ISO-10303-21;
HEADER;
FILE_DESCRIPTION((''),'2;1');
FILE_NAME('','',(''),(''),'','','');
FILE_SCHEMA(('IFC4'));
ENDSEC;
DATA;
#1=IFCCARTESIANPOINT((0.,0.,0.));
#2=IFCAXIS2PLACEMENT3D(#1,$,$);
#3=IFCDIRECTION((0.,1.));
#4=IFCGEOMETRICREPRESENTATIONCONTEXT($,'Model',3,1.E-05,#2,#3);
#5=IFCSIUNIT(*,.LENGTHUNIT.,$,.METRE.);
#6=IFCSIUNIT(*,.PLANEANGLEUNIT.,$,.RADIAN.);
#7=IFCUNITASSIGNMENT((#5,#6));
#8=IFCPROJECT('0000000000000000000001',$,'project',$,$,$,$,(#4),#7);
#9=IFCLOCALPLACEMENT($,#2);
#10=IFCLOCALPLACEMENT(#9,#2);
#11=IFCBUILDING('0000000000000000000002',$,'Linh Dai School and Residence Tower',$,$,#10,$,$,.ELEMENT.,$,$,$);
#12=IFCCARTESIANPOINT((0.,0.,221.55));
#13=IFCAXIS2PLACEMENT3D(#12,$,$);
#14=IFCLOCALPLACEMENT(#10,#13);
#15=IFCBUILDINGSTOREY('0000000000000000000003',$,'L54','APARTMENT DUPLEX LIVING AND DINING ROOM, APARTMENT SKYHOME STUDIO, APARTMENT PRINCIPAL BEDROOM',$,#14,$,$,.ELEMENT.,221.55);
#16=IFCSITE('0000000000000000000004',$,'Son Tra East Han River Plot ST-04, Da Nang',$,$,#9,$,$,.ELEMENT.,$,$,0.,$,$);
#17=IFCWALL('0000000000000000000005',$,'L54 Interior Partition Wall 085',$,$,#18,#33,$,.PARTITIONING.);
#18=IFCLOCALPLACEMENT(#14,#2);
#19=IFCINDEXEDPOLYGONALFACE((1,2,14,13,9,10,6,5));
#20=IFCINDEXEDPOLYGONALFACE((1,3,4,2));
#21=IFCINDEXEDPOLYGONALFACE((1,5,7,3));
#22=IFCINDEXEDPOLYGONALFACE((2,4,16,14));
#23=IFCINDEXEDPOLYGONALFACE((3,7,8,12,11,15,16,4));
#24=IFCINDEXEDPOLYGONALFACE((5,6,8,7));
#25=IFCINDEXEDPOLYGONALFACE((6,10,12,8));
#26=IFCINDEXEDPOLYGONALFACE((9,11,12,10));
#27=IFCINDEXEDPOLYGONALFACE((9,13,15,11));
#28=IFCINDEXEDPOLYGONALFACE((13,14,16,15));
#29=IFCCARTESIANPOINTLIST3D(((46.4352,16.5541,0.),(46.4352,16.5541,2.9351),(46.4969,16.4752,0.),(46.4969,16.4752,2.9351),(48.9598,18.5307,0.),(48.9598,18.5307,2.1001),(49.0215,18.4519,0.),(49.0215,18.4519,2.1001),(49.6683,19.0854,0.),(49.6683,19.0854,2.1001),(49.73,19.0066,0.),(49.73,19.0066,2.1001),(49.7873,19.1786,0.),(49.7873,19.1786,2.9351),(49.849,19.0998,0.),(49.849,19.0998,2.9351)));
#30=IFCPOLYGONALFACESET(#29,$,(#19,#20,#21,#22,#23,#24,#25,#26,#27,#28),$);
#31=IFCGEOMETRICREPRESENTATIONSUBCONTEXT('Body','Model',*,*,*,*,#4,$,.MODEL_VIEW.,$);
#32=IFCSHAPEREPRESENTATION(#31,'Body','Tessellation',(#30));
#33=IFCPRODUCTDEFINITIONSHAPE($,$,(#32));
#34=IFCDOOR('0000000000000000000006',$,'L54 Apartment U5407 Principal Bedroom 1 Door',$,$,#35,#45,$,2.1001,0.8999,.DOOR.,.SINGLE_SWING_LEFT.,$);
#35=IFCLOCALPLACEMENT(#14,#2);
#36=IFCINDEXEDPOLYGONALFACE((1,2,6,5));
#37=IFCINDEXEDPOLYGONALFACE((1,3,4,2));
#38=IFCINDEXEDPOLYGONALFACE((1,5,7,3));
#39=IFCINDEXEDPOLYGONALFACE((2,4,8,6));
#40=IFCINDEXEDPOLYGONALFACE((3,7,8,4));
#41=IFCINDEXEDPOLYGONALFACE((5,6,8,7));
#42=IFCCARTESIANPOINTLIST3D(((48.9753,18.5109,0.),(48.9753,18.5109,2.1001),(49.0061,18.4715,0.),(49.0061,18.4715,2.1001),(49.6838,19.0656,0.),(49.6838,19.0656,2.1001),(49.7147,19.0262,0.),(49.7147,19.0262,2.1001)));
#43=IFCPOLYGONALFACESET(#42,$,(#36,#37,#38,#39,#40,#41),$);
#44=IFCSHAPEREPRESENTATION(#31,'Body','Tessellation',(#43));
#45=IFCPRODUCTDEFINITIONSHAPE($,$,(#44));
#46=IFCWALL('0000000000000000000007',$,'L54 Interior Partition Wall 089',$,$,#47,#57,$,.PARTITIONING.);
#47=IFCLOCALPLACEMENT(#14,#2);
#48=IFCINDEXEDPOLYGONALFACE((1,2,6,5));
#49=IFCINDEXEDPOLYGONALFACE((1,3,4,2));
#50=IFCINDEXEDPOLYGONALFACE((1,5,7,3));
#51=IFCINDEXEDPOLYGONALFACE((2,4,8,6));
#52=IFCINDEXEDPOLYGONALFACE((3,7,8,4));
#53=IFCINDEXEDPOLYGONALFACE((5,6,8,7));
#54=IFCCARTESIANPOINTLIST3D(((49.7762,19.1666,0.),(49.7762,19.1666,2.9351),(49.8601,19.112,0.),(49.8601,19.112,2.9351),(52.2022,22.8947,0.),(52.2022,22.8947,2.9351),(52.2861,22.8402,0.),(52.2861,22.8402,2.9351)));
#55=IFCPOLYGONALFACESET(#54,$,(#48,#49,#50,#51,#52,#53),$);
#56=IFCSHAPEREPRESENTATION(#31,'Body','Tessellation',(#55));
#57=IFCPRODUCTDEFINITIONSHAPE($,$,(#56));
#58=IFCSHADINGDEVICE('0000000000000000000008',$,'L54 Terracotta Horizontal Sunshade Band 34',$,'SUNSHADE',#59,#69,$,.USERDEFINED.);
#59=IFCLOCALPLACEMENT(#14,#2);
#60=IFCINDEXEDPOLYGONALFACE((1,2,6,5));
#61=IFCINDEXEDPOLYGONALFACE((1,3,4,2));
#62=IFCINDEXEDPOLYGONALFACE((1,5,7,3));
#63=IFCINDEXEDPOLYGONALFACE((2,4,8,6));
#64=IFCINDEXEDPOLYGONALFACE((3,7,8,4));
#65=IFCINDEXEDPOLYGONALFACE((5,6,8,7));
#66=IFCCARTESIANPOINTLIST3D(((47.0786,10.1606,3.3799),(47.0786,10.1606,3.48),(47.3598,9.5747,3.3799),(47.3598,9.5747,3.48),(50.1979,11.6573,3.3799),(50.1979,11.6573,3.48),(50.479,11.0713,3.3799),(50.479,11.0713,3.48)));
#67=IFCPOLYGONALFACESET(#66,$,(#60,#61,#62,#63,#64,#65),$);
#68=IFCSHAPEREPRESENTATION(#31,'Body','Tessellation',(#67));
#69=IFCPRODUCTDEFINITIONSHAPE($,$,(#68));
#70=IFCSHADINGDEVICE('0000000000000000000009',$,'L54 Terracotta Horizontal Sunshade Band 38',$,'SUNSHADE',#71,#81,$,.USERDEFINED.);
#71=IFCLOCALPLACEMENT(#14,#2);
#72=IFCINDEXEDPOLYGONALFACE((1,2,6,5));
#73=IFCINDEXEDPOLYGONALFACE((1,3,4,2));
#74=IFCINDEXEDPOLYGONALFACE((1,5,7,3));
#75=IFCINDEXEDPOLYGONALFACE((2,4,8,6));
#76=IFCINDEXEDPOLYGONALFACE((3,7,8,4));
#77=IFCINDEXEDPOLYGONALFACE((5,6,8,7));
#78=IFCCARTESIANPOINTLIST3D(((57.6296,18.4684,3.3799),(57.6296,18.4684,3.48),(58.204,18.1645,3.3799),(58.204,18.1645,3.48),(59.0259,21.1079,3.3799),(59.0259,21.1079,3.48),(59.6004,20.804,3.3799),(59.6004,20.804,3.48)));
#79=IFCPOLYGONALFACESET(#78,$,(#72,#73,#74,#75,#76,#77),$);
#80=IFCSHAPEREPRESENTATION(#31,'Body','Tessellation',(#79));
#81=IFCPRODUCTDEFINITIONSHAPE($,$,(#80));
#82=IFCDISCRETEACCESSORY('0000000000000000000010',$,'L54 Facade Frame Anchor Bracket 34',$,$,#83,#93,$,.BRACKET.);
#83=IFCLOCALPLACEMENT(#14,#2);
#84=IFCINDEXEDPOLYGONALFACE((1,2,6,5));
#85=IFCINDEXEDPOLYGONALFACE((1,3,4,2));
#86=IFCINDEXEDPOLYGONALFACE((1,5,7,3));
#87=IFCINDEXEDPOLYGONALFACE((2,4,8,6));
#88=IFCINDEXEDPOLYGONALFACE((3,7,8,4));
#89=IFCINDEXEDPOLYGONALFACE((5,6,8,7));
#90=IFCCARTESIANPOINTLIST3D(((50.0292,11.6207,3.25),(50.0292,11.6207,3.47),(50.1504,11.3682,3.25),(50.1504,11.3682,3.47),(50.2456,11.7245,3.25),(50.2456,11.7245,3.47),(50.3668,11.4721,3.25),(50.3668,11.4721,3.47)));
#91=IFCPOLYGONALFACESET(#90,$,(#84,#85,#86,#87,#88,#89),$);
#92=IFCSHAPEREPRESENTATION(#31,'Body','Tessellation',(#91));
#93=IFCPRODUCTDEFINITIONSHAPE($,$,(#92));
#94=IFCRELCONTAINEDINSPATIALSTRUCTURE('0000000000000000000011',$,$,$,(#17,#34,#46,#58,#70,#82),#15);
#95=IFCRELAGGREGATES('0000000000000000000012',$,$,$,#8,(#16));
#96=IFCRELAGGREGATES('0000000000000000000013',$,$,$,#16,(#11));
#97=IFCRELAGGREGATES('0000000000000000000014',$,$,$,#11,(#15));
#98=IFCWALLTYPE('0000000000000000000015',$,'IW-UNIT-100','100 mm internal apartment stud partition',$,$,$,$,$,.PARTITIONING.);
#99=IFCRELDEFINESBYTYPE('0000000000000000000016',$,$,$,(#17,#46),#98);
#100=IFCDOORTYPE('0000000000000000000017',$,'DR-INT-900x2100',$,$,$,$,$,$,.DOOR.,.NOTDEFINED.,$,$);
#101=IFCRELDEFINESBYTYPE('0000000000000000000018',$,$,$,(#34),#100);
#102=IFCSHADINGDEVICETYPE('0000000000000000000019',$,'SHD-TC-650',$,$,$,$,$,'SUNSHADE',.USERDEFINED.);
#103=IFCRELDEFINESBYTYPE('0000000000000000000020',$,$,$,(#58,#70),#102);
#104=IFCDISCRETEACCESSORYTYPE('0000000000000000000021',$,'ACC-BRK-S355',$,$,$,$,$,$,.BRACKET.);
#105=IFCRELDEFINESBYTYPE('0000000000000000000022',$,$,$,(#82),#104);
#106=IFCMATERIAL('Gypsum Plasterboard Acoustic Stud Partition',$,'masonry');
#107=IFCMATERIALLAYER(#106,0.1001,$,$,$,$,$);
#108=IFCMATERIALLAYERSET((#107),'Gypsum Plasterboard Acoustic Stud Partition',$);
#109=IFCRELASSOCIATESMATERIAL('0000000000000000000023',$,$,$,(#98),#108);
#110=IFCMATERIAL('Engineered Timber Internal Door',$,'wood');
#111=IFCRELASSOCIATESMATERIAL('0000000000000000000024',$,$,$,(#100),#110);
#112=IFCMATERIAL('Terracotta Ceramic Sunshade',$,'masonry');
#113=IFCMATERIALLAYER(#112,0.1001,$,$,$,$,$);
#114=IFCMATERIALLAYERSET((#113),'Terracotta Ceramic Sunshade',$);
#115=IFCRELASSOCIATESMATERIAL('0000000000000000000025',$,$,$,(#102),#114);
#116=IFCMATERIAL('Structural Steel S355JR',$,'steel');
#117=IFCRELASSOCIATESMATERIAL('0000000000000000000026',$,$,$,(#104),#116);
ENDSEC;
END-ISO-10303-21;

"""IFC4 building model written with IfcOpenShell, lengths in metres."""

from ifc_helpers import new_model, si_unit, direction, frame, frame_2d, origin, origin_2d, place, context, subcontext, project, spatial, rectangle, extrude, source, transform, mapped, material, layer, layer_set, type_object, element, fill, save


model = new_model("IFC4")

# Units and contexts
model_context = context("Model", 3, precision=1e-05, world=origin(), true_north=direction((0.0, 1.0)))
body_context = subcontext(model_context, "Body", "Model", "MODEL_VIEW")
ifc_project = project(units=[si_unit("LENGTHUNIT", "METRE"), si_unit("PLANEANGLEUNIT", "RADIAN")], contexts=[model_context])

# Site, building, storey
site_placement = place(None, origin())
site = spatial("IfcSite", under=ifc_project, at=site_placement, Name="Son Tra East Han River Plot ST-04, Da Nang", CompositionType="ELEMENT", RefElevation=0.0)
building_placement = place(site_placement, origin())
building = spatial("IfcBuilding", under=site, at=building_placement, Name="Linh Dai School and Residence Tower", CompositionType="ELEMENT")
storey_placement = place(building_placement, frame((0.0, 0.0, 221.55)))
storey = spatial("IfcBuildingStorey", under=building, at=storey_placement, Name="L54", Description="APARTMENT DUPLEX LIVING AND DINING ROOM, APARTMENT SKYHOME STUDIO, APARTMENT PRINCIPAL BEDROOM", CompositionType="ELEMENT", Elevation=221.55)

# Shared definitions
ifc_material_1 = material(Name="Structural Steel S355JR", Category="steel")

# Wall, opening, door
ifc_material_2 = material(Name="Gypsum Plasterboard Acoustic Stud Partition", Category="masonry")
ifc_layer_1 = layer(ifc_material_2, 0.1001)
ifc_layer_set_1 = layer_set([ifc_layer_1], Name="Gypsum Plasterboard Acoustic Stud Partition")
wall_type_1 = type_object("IfcWallType", Name="IW-UNIT-100", Description="100 mm internal apartment stud partition", PredefinedType="PARTITIONING", material=ifc_layer_set_1)
wall_1_placement = place(storey_placement, frame((46.4661, 16.5146, 0.0), z_axis=(0.0, 0.0, 1.0), x_axis=(0.787372, 0.616478, 0.0)))
wall_1 = element("IfcWall", 1, at=wall_1_placement, inside=storey, type_object=wall_type_1, Name="L54 Interior Partition Wall 085", PredefinedType="PARTITIONING", context=body_context, shape_type="SweptSolid", body=[
    extrude(rectangle(XDim=4.2573, YDim=0.1001, at=frame_2d((2.1287, 0.0))), origin(), (0.0, 0.0, 1.0), 2.9351),
])
opening_1_placement = place(wall_1_placement, frame((3.2063, 0.0, 0.0)))
opening_1 = element("IfcOpeningElement", 2, at=opening_1_placement, cuts=wall_1, PredefinedType="OPENING", context=body_context, shape_type="SweptSolid", body=[
    extrude(rectangle(XDim=0.8999, YDim=2.1001, at=origin_2d()), frame((0.45, 0.0601, 1.05), z_axis=(0.0, -1.0, 0.0), x_axis=(1.0, 0.0, 0.0)), (0.0, 0.0, 1.0), 0.1201),
])
ifc_material_3 = material(Name="Engineered Timber Internal Door", Category="wood")
door_type = type_object("IfcDoorType", Name="DR-INT-900x2100", OperationType="NOTDEFINED", PredefinedType="DOOR", material=ifc_material_3)
shared_shape_1 = source(origin(), body_context, "Body", "SweptSolid", [
    extrude(rectangle(XDim=0.8999, YDim=2.1001, at=origin_2d()), frame((0.45, 0.0249, 1.05), z_axis=(0.0, -1.0, 0.0), x_axis=(1.0, 0.0, 0.0)), (0.0, 0.0, 1.0), 0.05),
])
door_placement = place(opening_1_placement, origin())
door = element("IfcDoor", 3, at=door_placement, inside=storey, type_object=door_type, Name="L54 Apartment U5407 Principal Bedroom 1 Door", OperationType="SINGLE_SWING_LEFT", OverallHeight=2.1001, OverallWidth=0.8999, PredefinedType="DOOR", context=body_context, shape_type="MappedRepresentation", body=[
    mapped(shared_shape_1, transform((0.0, 0.0, 0.0), x_axis=(1.0, 0.0, 0.0), y_axis=(0.0, 1.0, 0.0), z_axis=(0.0, 0.0, 1.0), scale=1.0)),
])
fill(opening_1, door)

# Wall
wall_2_placement = place(storey_placement, frame((49.8181, 19.1392, 0.0), z_axis=(0.0, 0.0, 1.0), x_axis=(0.545407, 0.838171, 0.0)))
element("IfcWall", 4, at=wall_2_placement, inside=storey, type_object=wall_type_1, Name="L54 Interior Partition Wall 089", PredefinedType="PARTITIONING", context=body_context, shape_type="SweptSolid", body=[
    extrude(rectangle(XDim=4.448, YDim=0.1001, at=frame_2d((2.2241, 0.0))), origin(), (0.0, 0.0, 1.0), 2.9351),
])

# Shading devices
ifc_material_4 = material(Name="Terracotta Ceramic Sunshade", Category="masonry")
ifc_layer_2 = layer(ifc_material_4, 0.1001)
ifc_layer_set_2 = layer_set([ifc_layer_2], Name="Terracotta Ceramic Sunshade")
shading_device_type = type_object("IfcShadingDeviceType", Name="SHD-TC-650", ElementType="SUNSHADE", PredefinedType="USERDEFINED", material=ifc_layer_set_2)
shared_shape_2 = source(origin(), body_context, "Body", "SweptSolid", [
    extrude(rectangle(XDim=3.4597, YDim=0.6499, at=origin_2d()), origin(), (0.0, 0.0, 1.0), 0.1001),
])
shading_device_1_placement = place(storey_placement, frame((48.7788, 10.616, 3.3799), z_axis=(0.0, 0.0, 1.0), x_axis=(-0.901589, -0.432594, 0.0)))
element("IfcShadingDevice", 5, at=shading_device_1_placement, inside=storey, type_object=shading_device_type, Name="L54 Terracotta Horizontal Sunshade Band 34", ObjectType="SUNSHADE", PredefinedType="USERDEFINED", context=body_context, shape_type="MappedRepresentation", body=[
    mapped(shared_shape_2, transform((0.0, 0.0, 0.0), x_axis=(1.0, 0.0, 0.0), y_axis=(0.0, 1.0, 0.0), z_axis=(0.0, 0.0, 1.0), scale=1.0)),
])
shared_shape_3 = source(origin(), body_context, "Body", "SweptSolid", [
    extrude(rectangle(XDim=2.9861, YDim=0.6499, at=origin_2d()), origin(), (0.0, 0.0, 1.0), 0.1001),
])
shading_device_2_placement = place(storey_placement, frame((58.615, 19.6362, 3.3799), z_axis=(0.0, 0.0, 1.0), x_axis=(-0.467621, -0.883929, 0.0)))
element("IfcShadingDevice", 6, at=shading_device_2_placement, inside=storey, type_object=shading_device_type, Name="L54 Terracotta Horizontal Sunshade Band 38", ObjectType="SUNSHADE", PredefinedType="USERDEFINED", context=body_context, shape_type="MappedRepresentation", body=[
    mapped(shared_shape_3, transform((0.0, 0.0, 0.0), x_axis=(1.0, 0.0, 0.0), y_axis=(0.0, 1.0, 0.0), z_axis=(0.0, 0.0, 1.0), scale=1.0)),
])

# Discrete accessory
discrete_accessory_type = type_object("IfcDiscreteAccessoryType", Name="ACC-BRK-S355", PredefinedType="BRACKET", material=ifc_material_1)
shared_shape_4 = source(origin(), body_context, "Body", "SweptSolid", [
    extrude(rectangle(XDim=0.28, YDim=0.24, at=origin_2d()), origin(), (0.0, 0.0, 1.0), 0.22),
])
discrete_accessory_placement = place(storey_placement, frame((50.198, 11.5464, 3.25), z_axis=(0.0, 0.0, 1.0), x_axis=(0.432594, -0.901589, 0.0)))
element("IfcDiscreteAccessory", 7, at=discrete_accessory_placement, inside=storey, type_object=discrete_accessory_type, Name="L54 Facade Frame Anchor Bracket 34", PredefinedType="BRACKET", context=body_context, shape_type="MappedRepresentation", body=[
    mapped(shared_shape_4, transform((0.0, 0.0, 0.0), x_axis=(1.0, 0.0, 0.0), y_axis=(0.0, 1.0, 0.0), z_axis=(0.0, 0.0, 1.0), scale=1.0)),
])

save(model, "model.ifc")
